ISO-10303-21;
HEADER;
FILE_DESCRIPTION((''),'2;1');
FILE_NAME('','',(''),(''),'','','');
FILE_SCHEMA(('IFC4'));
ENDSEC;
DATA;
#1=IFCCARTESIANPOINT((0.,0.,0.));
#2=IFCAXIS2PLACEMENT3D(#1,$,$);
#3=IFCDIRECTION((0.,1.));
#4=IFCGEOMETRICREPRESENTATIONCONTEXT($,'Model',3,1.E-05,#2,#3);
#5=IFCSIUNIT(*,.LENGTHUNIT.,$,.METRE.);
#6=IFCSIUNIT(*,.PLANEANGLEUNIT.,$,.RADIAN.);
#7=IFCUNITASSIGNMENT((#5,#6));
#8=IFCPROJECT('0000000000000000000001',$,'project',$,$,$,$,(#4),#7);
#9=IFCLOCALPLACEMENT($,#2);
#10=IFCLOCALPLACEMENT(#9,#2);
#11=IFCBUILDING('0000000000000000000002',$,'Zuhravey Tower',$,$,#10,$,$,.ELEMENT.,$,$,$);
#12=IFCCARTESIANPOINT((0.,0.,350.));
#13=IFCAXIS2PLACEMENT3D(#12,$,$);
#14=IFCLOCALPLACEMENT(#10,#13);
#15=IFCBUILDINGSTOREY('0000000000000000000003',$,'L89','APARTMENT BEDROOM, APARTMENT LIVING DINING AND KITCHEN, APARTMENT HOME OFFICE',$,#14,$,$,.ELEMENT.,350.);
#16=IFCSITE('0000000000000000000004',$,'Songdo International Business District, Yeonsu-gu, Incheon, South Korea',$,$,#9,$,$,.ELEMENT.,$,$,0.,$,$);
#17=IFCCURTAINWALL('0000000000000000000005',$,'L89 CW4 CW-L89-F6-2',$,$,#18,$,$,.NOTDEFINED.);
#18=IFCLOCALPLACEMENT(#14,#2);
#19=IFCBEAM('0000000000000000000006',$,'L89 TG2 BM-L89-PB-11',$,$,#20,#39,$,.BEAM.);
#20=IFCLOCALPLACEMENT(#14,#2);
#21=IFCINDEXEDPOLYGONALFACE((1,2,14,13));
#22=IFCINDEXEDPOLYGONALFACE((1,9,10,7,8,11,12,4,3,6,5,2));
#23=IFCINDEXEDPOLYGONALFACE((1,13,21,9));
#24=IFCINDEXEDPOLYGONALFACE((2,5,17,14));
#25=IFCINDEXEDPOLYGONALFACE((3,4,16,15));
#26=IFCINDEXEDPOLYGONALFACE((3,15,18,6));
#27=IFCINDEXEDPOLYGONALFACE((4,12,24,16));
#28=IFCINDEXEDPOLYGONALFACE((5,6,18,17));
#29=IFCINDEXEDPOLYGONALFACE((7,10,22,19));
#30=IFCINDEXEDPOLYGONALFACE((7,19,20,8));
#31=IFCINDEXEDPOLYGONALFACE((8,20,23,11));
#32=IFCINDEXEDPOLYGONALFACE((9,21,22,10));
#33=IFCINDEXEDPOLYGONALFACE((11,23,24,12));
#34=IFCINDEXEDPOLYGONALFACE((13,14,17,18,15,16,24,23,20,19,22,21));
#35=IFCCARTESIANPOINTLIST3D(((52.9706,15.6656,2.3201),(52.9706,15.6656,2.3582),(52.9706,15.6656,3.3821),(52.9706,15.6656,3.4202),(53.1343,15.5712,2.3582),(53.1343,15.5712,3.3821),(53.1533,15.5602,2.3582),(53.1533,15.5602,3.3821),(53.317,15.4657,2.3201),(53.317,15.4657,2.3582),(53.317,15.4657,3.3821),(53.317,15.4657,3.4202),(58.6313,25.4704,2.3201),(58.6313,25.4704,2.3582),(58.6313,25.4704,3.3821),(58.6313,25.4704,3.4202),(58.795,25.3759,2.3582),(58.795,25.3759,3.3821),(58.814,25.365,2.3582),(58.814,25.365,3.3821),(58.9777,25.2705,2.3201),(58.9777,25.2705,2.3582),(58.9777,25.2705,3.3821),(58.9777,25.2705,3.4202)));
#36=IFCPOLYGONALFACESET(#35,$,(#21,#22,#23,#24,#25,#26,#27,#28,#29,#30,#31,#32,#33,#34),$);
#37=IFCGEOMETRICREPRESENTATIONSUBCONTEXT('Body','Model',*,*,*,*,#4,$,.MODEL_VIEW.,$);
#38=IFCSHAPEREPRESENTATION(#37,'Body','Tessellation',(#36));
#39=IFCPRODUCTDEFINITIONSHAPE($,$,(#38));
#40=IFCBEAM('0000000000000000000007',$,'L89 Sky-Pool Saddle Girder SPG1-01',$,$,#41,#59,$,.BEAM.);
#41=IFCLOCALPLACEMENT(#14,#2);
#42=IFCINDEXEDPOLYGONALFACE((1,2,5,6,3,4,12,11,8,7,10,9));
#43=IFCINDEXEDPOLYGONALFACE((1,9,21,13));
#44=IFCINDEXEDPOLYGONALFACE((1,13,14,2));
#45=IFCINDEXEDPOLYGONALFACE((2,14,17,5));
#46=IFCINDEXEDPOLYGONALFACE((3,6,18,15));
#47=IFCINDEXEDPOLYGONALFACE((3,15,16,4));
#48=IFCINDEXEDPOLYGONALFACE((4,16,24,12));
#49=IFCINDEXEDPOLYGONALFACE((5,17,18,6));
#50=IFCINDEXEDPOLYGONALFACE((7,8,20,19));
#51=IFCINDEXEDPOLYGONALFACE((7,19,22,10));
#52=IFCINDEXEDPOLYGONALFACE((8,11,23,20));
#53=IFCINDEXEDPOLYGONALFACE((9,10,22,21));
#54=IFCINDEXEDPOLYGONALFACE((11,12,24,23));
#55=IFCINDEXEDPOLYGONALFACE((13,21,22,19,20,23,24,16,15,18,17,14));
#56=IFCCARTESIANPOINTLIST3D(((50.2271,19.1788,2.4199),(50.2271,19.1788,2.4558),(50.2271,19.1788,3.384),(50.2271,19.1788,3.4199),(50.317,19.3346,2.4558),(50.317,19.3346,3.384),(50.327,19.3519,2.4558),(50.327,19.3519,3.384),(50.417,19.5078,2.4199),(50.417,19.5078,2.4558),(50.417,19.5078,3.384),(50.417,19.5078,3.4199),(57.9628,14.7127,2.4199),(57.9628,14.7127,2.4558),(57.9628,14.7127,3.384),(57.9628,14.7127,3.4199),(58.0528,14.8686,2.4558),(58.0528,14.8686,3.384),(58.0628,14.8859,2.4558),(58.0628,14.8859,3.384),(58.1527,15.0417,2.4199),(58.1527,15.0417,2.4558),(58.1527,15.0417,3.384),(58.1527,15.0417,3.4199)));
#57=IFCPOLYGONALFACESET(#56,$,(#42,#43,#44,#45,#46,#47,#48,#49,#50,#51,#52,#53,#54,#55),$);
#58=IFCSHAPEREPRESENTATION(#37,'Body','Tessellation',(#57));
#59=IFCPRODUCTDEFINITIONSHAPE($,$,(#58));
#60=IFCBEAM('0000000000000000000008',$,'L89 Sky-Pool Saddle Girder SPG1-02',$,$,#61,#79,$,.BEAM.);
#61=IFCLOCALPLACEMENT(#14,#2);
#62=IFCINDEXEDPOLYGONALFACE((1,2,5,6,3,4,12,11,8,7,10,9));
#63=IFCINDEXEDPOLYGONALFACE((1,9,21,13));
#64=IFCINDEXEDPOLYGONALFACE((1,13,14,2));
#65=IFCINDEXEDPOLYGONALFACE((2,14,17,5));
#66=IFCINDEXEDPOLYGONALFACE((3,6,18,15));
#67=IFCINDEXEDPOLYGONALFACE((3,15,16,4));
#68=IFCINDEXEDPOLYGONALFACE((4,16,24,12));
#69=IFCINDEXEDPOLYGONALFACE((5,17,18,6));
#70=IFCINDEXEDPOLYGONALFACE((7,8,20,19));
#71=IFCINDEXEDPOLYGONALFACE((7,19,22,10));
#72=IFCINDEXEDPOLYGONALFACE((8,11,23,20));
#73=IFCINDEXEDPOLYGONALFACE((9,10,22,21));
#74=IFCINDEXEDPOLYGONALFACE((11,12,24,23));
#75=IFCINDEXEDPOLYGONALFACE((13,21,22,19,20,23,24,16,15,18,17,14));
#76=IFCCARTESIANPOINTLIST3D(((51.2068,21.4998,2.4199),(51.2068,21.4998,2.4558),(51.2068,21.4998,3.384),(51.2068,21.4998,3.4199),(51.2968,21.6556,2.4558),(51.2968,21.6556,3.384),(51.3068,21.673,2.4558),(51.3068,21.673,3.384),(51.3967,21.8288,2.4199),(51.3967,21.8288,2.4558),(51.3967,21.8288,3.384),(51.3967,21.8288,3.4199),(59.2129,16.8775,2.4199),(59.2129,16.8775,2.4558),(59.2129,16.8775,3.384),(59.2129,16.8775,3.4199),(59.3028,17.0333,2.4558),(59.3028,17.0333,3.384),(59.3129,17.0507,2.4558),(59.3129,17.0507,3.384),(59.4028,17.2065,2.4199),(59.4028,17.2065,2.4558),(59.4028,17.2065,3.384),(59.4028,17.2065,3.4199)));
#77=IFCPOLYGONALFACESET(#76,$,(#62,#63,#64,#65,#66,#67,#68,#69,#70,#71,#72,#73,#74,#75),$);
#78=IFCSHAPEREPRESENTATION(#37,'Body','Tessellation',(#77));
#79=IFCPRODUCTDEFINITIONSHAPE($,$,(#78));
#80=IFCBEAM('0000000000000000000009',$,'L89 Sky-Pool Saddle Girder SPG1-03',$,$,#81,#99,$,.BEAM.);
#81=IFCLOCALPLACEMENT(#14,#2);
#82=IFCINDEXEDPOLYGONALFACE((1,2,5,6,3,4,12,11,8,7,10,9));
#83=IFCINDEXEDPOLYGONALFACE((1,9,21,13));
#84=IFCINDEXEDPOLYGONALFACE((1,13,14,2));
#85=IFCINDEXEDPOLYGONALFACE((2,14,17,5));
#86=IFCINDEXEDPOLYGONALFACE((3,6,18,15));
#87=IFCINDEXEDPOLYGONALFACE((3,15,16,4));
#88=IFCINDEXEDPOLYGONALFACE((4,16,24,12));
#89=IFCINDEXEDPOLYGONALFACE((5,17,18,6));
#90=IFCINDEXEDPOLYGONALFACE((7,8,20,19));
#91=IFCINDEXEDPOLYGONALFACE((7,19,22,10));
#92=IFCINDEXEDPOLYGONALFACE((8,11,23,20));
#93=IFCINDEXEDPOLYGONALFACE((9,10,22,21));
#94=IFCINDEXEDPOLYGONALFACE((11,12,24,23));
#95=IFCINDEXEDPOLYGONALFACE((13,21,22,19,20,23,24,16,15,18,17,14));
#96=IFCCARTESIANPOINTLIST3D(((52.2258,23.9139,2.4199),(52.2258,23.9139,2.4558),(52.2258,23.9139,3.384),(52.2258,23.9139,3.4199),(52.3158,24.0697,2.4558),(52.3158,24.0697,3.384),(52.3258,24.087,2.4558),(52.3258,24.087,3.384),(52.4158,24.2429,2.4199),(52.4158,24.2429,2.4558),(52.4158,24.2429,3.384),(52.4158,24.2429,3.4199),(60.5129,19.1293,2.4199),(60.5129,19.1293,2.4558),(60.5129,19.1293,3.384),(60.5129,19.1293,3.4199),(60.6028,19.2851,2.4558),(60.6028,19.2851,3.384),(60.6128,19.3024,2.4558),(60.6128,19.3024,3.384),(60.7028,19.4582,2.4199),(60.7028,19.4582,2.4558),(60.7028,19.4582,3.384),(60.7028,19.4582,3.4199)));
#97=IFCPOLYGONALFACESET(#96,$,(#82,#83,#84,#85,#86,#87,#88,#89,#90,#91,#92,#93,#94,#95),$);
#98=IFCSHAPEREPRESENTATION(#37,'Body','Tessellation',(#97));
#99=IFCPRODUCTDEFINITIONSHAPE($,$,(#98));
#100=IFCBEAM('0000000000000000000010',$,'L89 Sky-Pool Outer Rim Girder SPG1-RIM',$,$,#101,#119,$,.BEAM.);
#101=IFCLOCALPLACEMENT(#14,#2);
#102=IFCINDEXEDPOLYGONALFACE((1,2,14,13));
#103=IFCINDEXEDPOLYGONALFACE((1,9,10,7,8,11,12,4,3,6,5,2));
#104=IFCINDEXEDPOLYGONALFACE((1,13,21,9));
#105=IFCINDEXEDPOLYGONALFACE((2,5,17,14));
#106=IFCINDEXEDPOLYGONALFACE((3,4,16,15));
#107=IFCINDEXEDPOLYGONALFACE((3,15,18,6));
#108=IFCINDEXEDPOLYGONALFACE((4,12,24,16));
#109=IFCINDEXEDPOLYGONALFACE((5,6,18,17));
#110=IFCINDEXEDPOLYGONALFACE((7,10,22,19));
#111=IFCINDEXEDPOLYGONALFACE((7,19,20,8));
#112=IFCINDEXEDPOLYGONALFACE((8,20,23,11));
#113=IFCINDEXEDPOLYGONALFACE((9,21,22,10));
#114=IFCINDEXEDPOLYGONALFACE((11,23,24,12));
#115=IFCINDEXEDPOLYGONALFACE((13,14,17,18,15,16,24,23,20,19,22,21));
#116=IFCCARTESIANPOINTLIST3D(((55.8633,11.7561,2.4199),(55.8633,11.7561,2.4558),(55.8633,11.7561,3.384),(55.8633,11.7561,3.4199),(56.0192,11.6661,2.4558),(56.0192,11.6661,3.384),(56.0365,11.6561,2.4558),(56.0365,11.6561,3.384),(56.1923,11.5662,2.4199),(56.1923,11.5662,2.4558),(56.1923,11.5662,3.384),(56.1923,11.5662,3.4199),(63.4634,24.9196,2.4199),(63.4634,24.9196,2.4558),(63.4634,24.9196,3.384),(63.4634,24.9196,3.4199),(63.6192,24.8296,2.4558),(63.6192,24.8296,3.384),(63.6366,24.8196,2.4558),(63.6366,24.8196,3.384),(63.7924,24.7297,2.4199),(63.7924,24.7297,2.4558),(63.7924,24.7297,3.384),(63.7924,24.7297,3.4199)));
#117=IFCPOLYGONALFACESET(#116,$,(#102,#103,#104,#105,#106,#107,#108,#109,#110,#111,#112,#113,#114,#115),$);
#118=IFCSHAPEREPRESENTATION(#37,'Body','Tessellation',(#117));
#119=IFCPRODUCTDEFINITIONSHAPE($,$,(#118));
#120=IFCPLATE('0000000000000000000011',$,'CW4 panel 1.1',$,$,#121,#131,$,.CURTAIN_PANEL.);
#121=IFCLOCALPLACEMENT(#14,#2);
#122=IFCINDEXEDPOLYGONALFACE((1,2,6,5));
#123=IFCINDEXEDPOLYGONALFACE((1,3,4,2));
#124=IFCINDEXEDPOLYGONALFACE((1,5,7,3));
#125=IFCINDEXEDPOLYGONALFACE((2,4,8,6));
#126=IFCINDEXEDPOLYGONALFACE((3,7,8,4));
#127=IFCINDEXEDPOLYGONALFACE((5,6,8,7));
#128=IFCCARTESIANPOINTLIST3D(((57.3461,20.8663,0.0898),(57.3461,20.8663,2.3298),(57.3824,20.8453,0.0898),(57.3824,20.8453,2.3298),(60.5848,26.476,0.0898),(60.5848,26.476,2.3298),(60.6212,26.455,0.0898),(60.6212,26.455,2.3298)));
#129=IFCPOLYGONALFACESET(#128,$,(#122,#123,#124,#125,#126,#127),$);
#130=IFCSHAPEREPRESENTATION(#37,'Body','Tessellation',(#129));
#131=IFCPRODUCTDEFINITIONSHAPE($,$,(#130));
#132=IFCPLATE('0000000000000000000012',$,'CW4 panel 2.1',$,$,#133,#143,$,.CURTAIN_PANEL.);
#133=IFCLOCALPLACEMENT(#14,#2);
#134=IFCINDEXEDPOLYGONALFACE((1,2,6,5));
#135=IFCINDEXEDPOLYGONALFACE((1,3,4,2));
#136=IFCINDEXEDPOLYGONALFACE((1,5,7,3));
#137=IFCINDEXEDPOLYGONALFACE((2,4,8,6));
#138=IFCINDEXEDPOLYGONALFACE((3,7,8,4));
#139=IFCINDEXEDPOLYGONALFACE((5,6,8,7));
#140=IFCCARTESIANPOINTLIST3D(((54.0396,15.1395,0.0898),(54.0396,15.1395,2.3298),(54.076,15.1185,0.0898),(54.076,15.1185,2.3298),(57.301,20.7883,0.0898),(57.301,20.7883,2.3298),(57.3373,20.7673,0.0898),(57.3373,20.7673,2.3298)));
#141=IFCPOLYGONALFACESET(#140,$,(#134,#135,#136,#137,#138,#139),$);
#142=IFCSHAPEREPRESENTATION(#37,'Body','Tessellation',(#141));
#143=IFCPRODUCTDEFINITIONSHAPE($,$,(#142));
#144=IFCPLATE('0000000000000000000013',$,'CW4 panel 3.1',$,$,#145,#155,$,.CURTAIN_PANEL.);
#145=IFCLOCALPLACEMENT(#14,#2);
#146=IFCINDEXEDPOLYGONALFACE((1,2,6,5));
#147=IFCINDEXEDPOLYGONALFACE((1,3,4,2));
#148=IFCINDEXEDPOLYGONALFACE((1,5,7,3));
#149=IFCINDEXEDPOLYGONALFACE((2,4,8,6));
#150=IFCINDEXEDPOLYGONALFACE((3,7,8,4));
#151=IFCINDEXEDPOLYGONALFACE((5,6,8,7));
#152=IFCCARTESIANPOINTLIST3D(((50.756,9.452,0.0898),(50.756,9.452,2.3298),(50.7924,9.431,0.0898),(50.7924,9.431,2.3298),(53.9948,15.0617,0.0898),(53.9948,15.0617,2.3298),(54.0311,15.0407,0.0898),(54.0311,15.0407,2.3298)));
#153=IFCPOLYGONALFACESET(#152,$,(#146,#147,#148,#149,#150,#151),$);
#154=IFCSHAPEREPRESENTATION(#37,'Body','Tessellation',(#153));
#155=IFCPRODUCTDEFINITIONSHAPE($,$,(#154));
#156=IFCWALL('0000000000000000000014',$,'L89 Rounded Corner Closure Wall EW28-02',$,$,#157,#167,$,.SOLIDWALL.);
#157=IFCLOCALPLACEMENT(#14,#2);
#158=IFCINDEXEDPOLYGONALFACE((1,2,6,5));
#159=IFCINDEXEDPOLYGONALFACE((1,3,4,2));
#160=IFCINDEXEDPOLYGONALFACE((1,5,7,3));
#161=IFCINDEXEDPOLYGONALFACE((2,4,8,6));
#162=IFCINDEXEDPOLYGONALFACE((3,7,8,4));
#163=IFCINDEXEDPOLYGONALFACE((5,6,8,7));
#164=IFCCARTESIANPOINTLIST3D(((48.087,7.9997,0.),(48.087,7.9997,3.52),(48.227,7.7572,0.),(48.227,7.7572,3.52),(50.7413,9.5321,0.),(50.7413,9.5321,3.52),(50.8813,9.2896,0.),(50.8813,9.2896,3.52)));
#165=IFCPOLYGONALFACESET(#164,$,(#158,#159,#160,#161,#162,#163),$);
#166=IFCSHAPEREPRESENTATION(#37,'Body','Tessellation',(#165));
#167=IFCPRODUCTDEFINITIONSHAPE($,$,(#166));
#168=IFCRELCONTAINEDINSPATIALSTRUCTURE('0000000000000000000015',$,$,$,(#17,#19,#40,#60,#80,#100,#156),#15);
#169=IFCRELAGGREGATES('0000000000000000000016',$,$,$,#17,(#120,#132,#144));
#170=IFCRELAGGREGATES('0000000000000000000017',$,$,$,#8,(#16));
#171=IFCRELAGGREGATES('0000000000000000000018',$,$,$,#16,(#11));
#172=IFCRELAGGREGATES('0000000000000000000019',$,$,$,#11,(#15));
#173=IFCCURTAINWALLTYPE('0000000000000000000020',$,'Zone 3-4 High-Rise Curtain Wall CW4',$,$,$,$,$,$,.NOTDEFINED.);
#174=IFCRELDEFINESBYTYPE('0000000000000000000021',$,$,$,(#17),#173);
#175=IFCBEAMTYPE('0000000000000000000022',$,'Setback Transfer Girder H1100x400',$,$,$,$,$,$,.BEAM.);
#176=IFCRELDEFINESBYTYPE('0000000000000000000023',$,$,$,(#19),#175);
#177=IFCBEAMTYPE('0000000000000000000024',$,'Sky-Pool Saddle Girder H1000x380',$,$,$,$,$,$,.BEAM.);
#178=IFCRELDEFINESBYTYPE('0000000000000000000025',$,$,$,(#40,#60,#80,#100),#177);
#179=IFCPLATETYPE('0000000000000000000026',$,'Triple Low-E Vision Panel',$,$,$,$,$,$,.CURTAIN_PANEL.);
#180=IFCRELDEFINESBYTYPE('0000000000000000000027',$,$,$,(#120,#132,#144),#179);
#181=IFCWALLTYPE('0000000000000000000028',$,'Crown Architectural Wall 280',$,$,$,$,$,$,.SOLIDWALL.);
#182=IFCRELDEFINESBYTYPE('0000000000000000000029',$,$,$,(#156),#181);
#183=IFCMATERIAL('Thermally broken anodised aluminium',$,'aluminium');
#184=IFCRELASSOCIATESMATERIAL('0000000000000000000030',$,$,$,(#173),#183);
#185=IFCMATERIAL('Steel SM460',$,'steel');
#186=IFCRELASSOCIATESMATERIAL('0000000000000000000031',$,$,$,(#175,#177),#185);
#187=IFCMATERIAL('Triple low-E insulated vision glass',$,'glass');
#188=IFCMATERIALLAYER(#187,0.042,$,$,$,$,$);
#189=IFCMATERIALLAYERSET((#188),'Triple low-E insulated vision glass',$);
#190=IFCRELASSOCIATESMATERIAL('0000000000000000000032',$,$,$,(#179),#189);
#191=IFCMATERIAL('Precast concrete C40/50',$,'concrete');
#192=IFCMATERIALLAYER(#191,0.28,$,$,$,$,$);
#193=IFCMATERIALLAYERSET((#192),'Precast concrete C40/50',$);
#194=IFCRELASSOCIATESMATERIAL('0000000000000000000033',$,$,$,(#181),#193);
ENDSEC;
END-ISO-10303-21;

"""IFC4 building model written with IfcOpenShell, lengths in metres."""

from ifc_helpers import new_model, si_unit, direction, frame, frame_2d, origin, origin_2d, place, context, subcontext, project, spatial, rectangle, i_section, extrude, material, layer, layer_set, material_profile, profile_set, type_object, element, aggregate, save


model = new_model("IFC4")

# Units and contexts
model_context = context("Model", 3, precision=1e-05, world=origin(), true_north=direction((0.0, 1.0)))
body_context = subcontext(model_context, "Body", "Model", "MODEL_VIEW")
ifc_project = project(units=[si_unit("LENGTHUNIT", "METRE"), si_unit("PLANEANGLEUNIT", "RADIAN")], contexts=[model_context])

# Site, building, storey
site_placement = place(None, origin())
site = spatial("IfcSite", under=ifc_project, at=site_placement, Name="Songdo International Business District, Yeonsu-gu, Incheon, South Korea", CompositionType="ELEMENT", RefElevation=0.0)
building_placement = place(site_placement, origin())
building = spatial("IfcBuilding", under=site, at=building_placement, Name="Zuhravey Tower", CompositionType="ELEMENT")
storey_placement = place(building_placement, frame((0.0, 0.0, 350.0)))
storey = spatial("IfcBuildingStorey", under=building, at=storey_placement, Name="L89", Description="APARTMENT BEDROOM, APARTMENT LIVING DINING AND KITCHEN, APARTMENT HOME OFFICE", CompositionType="ELEMENT", Elevation=350.0)

# Curtain wall
ifc_material_1 = material(Name="Thermally broken anodised aluminium", Category="aluminium")
curtain_wall_type = type_object("IfcCurtainWallType", Name="Zone 3-4 High-Rise Curtain Wall CW4", PredefinedType="NOTDEFINED", material=ifc_material_1)
curtain_wall_placement = place(storey_placement, origin())
curtain_wall = element("IfcCurtainWall", 1, at=curtain_wall_placement, inside=storey, type_object=curtain_wall_type, Name="L89 CW4 CW-L89-F6-2", PredefinedType="NOTDEFINED")

# Beams
ifc_material_2 = material(Name="Steel SM460", Category="steel")
ifc_material_profile_1 = material_profile(ifc_material_2, i_section(OverallWidth=0.3999, OverallDepth=1.1001, WebThickness=0.022, FlangeThickness=0.0381, at=origin_2d()), Name="H-1100x400x22x38")
ifc_profile_set_1 = profile_set([ifc_material_profile_1], Name="Steel SM460")
beam_type_1 = type_object("IfcBeamType", Name="Setback Transfer Girder H1100x400", PredefinedType="BEAM", material=ifc_profile_set_1)
beam_1_placement = place(storey_placement, frame((53.1438, 15.5657, 2.8701), z_axis=(0.499994, 0.866029, 0.0), x_axis=(-0.866029, 0.499994, 0.0)))
element("IfcBeam", 2, at=beam_1_placement, inside=storey, type_object=beam_type_1, Name="L89 TG2 BM-L89-PB-11", PredefinedType="BEAM", context=body_context, shape_type="SweptSolid", body=[
    extrude(i_section(OverallWidth=0.3999, OverallDepth=1.1001, WebThickness=0.022, FlangeThickness=0.0381, at=origin_2d()), origin(), (0.0, 0.0, 1.0), 11.3215),
])
ifc_material_profile_2 = material_profile(ifc_material_2, i_section(OverallWidth=0.3799, OverallDepth=1.0, WebThickness=0.02, FlangeThickness=0.0359, at=origin_2d()), Name="H-1000x380x20x36")
ifc_profile_set_2 = profile_set([ifc_material_profile_2], Name="Steel SM460")
beam_type_2 = type_object("IfcBeamType", Name="Sky-Pool Saddle Girder H1000x380", PredefinedType="BEAM", material=ifc_profile_set_2)
beam_2_placement = place(storey_placement, frame((50.322, 19.3433, 2.9199), z_axis=(0.866036, -0.499981, 0.0), x_axis=(0.499981, 0.866036, 0.0)))
element("IfcBeam", 3, at=beam_2_placement, inside=storey, type_object=beam_type_2, Name="L89 Sky-Pool Saddle Girder SPG1-01", PredefinedType="BEAM", context=body_context, shape_type="SweptSolid", body=[
    extrude(i_section(OverallWidth=0.3799, OverallDepth=1.0, WebThickness=0.02, FlangeThickness=0.0359, at=origin_2d()), origin(), (0.0, 0.0, 1.0), 8.9324),
])
beam_3_placement = place(storey_placement, frame((51.3018, 21.6643, 2.9199), z_axis=(0.866026, -0.499999, 0.0), x_axis=(0.499999, 0.866026, 0.0)))
element("IfcBeam", 4, at=beam_3_placement, inside=storey, type_object=beam_type_2, Name="L89 Sky-Pool Saddle Girder SPG1-02", PredefinedType="BEAM", context=body_context, shape_type="SweptSolid", body=[
    extrude(i_section(OverallWidth=0.3799, OverallDepth=1.0, WebThickness=0.02, FlangeThickness=0.0359, at=origin_2d()), origin(), (0.0, 0.0, 1.0), 9.2446),
])
beam_4_placement = place(storey_placement, frame((52.3208, 24.0784, 2.9199), z_axis=(0.866021, -0.500008, 0.0), x_axis=(0.500008, 0.866021, 0.0)))
element("IfcBeam", 5, at=beam_4_placement, inside=storey, type_object=beam_type_2, Name="L89 Sky-Pool Saddle Girder SPG1-03", PredefinedType="BEAM", context=body_context, shape_type="SweptSolid", body=[
    extrude(i_section(OverallWidth=0.3799, OverallDepth=1.0, WebThickness=0.02, FlangeThickness=0.0359, at=origin_2d()), origin(), (0.0, 0.0, 1.0), 9.5691),
])
beam_5_placement = place(storey_placement, frame((56.0278, 11.6611, 2.9199), z_axis=(0.500005, 0.866022, 0.0), x_axis=(-0.866022, 0.500005, 0.0)))
element("IfcBeam", 6, at=beam_5_placement, inside=storey, type_object=beam_type_2, Name="L89 Sky-Pool Outer Rim Girder SPG1-RIM", PredefinedType="BEAM", context=body_context, shape_type="SweptSolid", body=[
    extrude(i_section(OverallWidth=0.3799, OverallDepth=1.0, WebThickness=0.02, FlangeThickness=0.0359, at=origin_2d()), origin(), (0.0, 0.0, 1.0), 15.2),
])

# Plates
ifc_material_3 = material(Name="Triple low-E insulated vision glass", Category="glass")
ifc_layer_1 = layer(ifc_material_3, 0.042)
ifc_layer_set_1 = layer_set([ifc_layer_1], Name="Triple low-E insulated vision glass")
plate_type = type_object("IfcPlateType", Name="Triple Low-E Vision Panel", PredefinedType="CURTAIN_PANEL", material=ifc_layer_set_1)
plate_1_placement = place(storey_placement, frame((58.9836, 23.6606, 0.0898), z_axis=(0.0, 0.0, 1.0), x_axis=(-0.500001, -0.866025, 0.0)))
plate_1 = element("IfcPlate", 7, at=plate_1_placement, type_object=plate_type, Name="CW4 panel 1.1", PredefinedType="CURTAIN_PANEL", context=body_context, shape_type="SweptSolid", body=[
    extrude(rectangle(XDim=6.4775, YDim=0.042, at=origin_2d()), origin(), (0.0, 0.0, 1.0), 2.24),
])
plate_2_placement = place(storey_placement, frame((55.6885, 17.9534, 0.0898), z_axis=(0.0, 0.0, 1.0), x_axis=(-0.500001, -0.866025, 0.0)))
plate_2 = element("IfcPlate", 8, at=plate_2_placement, type_object=plate_type, Name="CW4 panel 2.1", PredefinedType="CURTAIN_PANEL", context=body_context, shape_type="SweptSolid", body=[
    extrude(rectangle(XDim=6.5227, YDim=0.042, at=origin_2d()), origin(), (0.0, 0.0, 1.0), 2.24),
])
plate_3_placement = place(storey_placement, frame((52.3936, 12.2463, 0.0898), z_axis=(0.0, 0.0, 1.0), x_axis=(-0.500001, -0.866025, 0.0)))
plate_3 = element("IfcPlate", 9, at=plate_3_placement, type_object=plate_type, Name="CW4 panel 3.1", PredefinedType="CURTAIN_PANEL", context=body_context, shape_type="SweptSolid", body=[
    extrude(rectangle(XDim=6.4775, YDim=0.042, at=origin_2d()), origin(), (0.0, 0.0, 1.0), 2.24),
])
aggregate(curtain_wall, [plate_1, plate_2, plate_3])

# Wall
ifc_material_4 = material(Name="Precast concrete C40/50", Category="concrete")
ifc_layer_2 = layer(ifc_material_4, 0.28)
ifc_layer_set_2 = layer_set([ifc_layer_2], Name="Precast concrete C40/50")
wall_type_1 = type_object("IfcWallType", Name="Crown Architectural Wall 280", PredefinedType="SOLIDWALL", material=ifc_layer_set_2)
wall_1_placement = place(storey_placement, frame((50.8113, 9.4109, 0.0), z_axis=(0.0, 0.0, 1.0), x_axis=(-0.866024, -0.500003, 0.0)))
element("IfcWall", 10, at=wall_1_placement, inside=storey, type_object=wall_type_1, Name="L89 Rounded Corner Closure Wall EW28-02", PredefinedType="SOLIDWALL", context=body_context, shape_type="SweptSolid", body=[
    extrude(rectangle(XDim=3.0649, YDim=0.28, at=frame_2d((1.5325, 0.0))), origin(), (0.0, 0.0, 1.0), 3.52),
])

save(model, "model.ifc")
